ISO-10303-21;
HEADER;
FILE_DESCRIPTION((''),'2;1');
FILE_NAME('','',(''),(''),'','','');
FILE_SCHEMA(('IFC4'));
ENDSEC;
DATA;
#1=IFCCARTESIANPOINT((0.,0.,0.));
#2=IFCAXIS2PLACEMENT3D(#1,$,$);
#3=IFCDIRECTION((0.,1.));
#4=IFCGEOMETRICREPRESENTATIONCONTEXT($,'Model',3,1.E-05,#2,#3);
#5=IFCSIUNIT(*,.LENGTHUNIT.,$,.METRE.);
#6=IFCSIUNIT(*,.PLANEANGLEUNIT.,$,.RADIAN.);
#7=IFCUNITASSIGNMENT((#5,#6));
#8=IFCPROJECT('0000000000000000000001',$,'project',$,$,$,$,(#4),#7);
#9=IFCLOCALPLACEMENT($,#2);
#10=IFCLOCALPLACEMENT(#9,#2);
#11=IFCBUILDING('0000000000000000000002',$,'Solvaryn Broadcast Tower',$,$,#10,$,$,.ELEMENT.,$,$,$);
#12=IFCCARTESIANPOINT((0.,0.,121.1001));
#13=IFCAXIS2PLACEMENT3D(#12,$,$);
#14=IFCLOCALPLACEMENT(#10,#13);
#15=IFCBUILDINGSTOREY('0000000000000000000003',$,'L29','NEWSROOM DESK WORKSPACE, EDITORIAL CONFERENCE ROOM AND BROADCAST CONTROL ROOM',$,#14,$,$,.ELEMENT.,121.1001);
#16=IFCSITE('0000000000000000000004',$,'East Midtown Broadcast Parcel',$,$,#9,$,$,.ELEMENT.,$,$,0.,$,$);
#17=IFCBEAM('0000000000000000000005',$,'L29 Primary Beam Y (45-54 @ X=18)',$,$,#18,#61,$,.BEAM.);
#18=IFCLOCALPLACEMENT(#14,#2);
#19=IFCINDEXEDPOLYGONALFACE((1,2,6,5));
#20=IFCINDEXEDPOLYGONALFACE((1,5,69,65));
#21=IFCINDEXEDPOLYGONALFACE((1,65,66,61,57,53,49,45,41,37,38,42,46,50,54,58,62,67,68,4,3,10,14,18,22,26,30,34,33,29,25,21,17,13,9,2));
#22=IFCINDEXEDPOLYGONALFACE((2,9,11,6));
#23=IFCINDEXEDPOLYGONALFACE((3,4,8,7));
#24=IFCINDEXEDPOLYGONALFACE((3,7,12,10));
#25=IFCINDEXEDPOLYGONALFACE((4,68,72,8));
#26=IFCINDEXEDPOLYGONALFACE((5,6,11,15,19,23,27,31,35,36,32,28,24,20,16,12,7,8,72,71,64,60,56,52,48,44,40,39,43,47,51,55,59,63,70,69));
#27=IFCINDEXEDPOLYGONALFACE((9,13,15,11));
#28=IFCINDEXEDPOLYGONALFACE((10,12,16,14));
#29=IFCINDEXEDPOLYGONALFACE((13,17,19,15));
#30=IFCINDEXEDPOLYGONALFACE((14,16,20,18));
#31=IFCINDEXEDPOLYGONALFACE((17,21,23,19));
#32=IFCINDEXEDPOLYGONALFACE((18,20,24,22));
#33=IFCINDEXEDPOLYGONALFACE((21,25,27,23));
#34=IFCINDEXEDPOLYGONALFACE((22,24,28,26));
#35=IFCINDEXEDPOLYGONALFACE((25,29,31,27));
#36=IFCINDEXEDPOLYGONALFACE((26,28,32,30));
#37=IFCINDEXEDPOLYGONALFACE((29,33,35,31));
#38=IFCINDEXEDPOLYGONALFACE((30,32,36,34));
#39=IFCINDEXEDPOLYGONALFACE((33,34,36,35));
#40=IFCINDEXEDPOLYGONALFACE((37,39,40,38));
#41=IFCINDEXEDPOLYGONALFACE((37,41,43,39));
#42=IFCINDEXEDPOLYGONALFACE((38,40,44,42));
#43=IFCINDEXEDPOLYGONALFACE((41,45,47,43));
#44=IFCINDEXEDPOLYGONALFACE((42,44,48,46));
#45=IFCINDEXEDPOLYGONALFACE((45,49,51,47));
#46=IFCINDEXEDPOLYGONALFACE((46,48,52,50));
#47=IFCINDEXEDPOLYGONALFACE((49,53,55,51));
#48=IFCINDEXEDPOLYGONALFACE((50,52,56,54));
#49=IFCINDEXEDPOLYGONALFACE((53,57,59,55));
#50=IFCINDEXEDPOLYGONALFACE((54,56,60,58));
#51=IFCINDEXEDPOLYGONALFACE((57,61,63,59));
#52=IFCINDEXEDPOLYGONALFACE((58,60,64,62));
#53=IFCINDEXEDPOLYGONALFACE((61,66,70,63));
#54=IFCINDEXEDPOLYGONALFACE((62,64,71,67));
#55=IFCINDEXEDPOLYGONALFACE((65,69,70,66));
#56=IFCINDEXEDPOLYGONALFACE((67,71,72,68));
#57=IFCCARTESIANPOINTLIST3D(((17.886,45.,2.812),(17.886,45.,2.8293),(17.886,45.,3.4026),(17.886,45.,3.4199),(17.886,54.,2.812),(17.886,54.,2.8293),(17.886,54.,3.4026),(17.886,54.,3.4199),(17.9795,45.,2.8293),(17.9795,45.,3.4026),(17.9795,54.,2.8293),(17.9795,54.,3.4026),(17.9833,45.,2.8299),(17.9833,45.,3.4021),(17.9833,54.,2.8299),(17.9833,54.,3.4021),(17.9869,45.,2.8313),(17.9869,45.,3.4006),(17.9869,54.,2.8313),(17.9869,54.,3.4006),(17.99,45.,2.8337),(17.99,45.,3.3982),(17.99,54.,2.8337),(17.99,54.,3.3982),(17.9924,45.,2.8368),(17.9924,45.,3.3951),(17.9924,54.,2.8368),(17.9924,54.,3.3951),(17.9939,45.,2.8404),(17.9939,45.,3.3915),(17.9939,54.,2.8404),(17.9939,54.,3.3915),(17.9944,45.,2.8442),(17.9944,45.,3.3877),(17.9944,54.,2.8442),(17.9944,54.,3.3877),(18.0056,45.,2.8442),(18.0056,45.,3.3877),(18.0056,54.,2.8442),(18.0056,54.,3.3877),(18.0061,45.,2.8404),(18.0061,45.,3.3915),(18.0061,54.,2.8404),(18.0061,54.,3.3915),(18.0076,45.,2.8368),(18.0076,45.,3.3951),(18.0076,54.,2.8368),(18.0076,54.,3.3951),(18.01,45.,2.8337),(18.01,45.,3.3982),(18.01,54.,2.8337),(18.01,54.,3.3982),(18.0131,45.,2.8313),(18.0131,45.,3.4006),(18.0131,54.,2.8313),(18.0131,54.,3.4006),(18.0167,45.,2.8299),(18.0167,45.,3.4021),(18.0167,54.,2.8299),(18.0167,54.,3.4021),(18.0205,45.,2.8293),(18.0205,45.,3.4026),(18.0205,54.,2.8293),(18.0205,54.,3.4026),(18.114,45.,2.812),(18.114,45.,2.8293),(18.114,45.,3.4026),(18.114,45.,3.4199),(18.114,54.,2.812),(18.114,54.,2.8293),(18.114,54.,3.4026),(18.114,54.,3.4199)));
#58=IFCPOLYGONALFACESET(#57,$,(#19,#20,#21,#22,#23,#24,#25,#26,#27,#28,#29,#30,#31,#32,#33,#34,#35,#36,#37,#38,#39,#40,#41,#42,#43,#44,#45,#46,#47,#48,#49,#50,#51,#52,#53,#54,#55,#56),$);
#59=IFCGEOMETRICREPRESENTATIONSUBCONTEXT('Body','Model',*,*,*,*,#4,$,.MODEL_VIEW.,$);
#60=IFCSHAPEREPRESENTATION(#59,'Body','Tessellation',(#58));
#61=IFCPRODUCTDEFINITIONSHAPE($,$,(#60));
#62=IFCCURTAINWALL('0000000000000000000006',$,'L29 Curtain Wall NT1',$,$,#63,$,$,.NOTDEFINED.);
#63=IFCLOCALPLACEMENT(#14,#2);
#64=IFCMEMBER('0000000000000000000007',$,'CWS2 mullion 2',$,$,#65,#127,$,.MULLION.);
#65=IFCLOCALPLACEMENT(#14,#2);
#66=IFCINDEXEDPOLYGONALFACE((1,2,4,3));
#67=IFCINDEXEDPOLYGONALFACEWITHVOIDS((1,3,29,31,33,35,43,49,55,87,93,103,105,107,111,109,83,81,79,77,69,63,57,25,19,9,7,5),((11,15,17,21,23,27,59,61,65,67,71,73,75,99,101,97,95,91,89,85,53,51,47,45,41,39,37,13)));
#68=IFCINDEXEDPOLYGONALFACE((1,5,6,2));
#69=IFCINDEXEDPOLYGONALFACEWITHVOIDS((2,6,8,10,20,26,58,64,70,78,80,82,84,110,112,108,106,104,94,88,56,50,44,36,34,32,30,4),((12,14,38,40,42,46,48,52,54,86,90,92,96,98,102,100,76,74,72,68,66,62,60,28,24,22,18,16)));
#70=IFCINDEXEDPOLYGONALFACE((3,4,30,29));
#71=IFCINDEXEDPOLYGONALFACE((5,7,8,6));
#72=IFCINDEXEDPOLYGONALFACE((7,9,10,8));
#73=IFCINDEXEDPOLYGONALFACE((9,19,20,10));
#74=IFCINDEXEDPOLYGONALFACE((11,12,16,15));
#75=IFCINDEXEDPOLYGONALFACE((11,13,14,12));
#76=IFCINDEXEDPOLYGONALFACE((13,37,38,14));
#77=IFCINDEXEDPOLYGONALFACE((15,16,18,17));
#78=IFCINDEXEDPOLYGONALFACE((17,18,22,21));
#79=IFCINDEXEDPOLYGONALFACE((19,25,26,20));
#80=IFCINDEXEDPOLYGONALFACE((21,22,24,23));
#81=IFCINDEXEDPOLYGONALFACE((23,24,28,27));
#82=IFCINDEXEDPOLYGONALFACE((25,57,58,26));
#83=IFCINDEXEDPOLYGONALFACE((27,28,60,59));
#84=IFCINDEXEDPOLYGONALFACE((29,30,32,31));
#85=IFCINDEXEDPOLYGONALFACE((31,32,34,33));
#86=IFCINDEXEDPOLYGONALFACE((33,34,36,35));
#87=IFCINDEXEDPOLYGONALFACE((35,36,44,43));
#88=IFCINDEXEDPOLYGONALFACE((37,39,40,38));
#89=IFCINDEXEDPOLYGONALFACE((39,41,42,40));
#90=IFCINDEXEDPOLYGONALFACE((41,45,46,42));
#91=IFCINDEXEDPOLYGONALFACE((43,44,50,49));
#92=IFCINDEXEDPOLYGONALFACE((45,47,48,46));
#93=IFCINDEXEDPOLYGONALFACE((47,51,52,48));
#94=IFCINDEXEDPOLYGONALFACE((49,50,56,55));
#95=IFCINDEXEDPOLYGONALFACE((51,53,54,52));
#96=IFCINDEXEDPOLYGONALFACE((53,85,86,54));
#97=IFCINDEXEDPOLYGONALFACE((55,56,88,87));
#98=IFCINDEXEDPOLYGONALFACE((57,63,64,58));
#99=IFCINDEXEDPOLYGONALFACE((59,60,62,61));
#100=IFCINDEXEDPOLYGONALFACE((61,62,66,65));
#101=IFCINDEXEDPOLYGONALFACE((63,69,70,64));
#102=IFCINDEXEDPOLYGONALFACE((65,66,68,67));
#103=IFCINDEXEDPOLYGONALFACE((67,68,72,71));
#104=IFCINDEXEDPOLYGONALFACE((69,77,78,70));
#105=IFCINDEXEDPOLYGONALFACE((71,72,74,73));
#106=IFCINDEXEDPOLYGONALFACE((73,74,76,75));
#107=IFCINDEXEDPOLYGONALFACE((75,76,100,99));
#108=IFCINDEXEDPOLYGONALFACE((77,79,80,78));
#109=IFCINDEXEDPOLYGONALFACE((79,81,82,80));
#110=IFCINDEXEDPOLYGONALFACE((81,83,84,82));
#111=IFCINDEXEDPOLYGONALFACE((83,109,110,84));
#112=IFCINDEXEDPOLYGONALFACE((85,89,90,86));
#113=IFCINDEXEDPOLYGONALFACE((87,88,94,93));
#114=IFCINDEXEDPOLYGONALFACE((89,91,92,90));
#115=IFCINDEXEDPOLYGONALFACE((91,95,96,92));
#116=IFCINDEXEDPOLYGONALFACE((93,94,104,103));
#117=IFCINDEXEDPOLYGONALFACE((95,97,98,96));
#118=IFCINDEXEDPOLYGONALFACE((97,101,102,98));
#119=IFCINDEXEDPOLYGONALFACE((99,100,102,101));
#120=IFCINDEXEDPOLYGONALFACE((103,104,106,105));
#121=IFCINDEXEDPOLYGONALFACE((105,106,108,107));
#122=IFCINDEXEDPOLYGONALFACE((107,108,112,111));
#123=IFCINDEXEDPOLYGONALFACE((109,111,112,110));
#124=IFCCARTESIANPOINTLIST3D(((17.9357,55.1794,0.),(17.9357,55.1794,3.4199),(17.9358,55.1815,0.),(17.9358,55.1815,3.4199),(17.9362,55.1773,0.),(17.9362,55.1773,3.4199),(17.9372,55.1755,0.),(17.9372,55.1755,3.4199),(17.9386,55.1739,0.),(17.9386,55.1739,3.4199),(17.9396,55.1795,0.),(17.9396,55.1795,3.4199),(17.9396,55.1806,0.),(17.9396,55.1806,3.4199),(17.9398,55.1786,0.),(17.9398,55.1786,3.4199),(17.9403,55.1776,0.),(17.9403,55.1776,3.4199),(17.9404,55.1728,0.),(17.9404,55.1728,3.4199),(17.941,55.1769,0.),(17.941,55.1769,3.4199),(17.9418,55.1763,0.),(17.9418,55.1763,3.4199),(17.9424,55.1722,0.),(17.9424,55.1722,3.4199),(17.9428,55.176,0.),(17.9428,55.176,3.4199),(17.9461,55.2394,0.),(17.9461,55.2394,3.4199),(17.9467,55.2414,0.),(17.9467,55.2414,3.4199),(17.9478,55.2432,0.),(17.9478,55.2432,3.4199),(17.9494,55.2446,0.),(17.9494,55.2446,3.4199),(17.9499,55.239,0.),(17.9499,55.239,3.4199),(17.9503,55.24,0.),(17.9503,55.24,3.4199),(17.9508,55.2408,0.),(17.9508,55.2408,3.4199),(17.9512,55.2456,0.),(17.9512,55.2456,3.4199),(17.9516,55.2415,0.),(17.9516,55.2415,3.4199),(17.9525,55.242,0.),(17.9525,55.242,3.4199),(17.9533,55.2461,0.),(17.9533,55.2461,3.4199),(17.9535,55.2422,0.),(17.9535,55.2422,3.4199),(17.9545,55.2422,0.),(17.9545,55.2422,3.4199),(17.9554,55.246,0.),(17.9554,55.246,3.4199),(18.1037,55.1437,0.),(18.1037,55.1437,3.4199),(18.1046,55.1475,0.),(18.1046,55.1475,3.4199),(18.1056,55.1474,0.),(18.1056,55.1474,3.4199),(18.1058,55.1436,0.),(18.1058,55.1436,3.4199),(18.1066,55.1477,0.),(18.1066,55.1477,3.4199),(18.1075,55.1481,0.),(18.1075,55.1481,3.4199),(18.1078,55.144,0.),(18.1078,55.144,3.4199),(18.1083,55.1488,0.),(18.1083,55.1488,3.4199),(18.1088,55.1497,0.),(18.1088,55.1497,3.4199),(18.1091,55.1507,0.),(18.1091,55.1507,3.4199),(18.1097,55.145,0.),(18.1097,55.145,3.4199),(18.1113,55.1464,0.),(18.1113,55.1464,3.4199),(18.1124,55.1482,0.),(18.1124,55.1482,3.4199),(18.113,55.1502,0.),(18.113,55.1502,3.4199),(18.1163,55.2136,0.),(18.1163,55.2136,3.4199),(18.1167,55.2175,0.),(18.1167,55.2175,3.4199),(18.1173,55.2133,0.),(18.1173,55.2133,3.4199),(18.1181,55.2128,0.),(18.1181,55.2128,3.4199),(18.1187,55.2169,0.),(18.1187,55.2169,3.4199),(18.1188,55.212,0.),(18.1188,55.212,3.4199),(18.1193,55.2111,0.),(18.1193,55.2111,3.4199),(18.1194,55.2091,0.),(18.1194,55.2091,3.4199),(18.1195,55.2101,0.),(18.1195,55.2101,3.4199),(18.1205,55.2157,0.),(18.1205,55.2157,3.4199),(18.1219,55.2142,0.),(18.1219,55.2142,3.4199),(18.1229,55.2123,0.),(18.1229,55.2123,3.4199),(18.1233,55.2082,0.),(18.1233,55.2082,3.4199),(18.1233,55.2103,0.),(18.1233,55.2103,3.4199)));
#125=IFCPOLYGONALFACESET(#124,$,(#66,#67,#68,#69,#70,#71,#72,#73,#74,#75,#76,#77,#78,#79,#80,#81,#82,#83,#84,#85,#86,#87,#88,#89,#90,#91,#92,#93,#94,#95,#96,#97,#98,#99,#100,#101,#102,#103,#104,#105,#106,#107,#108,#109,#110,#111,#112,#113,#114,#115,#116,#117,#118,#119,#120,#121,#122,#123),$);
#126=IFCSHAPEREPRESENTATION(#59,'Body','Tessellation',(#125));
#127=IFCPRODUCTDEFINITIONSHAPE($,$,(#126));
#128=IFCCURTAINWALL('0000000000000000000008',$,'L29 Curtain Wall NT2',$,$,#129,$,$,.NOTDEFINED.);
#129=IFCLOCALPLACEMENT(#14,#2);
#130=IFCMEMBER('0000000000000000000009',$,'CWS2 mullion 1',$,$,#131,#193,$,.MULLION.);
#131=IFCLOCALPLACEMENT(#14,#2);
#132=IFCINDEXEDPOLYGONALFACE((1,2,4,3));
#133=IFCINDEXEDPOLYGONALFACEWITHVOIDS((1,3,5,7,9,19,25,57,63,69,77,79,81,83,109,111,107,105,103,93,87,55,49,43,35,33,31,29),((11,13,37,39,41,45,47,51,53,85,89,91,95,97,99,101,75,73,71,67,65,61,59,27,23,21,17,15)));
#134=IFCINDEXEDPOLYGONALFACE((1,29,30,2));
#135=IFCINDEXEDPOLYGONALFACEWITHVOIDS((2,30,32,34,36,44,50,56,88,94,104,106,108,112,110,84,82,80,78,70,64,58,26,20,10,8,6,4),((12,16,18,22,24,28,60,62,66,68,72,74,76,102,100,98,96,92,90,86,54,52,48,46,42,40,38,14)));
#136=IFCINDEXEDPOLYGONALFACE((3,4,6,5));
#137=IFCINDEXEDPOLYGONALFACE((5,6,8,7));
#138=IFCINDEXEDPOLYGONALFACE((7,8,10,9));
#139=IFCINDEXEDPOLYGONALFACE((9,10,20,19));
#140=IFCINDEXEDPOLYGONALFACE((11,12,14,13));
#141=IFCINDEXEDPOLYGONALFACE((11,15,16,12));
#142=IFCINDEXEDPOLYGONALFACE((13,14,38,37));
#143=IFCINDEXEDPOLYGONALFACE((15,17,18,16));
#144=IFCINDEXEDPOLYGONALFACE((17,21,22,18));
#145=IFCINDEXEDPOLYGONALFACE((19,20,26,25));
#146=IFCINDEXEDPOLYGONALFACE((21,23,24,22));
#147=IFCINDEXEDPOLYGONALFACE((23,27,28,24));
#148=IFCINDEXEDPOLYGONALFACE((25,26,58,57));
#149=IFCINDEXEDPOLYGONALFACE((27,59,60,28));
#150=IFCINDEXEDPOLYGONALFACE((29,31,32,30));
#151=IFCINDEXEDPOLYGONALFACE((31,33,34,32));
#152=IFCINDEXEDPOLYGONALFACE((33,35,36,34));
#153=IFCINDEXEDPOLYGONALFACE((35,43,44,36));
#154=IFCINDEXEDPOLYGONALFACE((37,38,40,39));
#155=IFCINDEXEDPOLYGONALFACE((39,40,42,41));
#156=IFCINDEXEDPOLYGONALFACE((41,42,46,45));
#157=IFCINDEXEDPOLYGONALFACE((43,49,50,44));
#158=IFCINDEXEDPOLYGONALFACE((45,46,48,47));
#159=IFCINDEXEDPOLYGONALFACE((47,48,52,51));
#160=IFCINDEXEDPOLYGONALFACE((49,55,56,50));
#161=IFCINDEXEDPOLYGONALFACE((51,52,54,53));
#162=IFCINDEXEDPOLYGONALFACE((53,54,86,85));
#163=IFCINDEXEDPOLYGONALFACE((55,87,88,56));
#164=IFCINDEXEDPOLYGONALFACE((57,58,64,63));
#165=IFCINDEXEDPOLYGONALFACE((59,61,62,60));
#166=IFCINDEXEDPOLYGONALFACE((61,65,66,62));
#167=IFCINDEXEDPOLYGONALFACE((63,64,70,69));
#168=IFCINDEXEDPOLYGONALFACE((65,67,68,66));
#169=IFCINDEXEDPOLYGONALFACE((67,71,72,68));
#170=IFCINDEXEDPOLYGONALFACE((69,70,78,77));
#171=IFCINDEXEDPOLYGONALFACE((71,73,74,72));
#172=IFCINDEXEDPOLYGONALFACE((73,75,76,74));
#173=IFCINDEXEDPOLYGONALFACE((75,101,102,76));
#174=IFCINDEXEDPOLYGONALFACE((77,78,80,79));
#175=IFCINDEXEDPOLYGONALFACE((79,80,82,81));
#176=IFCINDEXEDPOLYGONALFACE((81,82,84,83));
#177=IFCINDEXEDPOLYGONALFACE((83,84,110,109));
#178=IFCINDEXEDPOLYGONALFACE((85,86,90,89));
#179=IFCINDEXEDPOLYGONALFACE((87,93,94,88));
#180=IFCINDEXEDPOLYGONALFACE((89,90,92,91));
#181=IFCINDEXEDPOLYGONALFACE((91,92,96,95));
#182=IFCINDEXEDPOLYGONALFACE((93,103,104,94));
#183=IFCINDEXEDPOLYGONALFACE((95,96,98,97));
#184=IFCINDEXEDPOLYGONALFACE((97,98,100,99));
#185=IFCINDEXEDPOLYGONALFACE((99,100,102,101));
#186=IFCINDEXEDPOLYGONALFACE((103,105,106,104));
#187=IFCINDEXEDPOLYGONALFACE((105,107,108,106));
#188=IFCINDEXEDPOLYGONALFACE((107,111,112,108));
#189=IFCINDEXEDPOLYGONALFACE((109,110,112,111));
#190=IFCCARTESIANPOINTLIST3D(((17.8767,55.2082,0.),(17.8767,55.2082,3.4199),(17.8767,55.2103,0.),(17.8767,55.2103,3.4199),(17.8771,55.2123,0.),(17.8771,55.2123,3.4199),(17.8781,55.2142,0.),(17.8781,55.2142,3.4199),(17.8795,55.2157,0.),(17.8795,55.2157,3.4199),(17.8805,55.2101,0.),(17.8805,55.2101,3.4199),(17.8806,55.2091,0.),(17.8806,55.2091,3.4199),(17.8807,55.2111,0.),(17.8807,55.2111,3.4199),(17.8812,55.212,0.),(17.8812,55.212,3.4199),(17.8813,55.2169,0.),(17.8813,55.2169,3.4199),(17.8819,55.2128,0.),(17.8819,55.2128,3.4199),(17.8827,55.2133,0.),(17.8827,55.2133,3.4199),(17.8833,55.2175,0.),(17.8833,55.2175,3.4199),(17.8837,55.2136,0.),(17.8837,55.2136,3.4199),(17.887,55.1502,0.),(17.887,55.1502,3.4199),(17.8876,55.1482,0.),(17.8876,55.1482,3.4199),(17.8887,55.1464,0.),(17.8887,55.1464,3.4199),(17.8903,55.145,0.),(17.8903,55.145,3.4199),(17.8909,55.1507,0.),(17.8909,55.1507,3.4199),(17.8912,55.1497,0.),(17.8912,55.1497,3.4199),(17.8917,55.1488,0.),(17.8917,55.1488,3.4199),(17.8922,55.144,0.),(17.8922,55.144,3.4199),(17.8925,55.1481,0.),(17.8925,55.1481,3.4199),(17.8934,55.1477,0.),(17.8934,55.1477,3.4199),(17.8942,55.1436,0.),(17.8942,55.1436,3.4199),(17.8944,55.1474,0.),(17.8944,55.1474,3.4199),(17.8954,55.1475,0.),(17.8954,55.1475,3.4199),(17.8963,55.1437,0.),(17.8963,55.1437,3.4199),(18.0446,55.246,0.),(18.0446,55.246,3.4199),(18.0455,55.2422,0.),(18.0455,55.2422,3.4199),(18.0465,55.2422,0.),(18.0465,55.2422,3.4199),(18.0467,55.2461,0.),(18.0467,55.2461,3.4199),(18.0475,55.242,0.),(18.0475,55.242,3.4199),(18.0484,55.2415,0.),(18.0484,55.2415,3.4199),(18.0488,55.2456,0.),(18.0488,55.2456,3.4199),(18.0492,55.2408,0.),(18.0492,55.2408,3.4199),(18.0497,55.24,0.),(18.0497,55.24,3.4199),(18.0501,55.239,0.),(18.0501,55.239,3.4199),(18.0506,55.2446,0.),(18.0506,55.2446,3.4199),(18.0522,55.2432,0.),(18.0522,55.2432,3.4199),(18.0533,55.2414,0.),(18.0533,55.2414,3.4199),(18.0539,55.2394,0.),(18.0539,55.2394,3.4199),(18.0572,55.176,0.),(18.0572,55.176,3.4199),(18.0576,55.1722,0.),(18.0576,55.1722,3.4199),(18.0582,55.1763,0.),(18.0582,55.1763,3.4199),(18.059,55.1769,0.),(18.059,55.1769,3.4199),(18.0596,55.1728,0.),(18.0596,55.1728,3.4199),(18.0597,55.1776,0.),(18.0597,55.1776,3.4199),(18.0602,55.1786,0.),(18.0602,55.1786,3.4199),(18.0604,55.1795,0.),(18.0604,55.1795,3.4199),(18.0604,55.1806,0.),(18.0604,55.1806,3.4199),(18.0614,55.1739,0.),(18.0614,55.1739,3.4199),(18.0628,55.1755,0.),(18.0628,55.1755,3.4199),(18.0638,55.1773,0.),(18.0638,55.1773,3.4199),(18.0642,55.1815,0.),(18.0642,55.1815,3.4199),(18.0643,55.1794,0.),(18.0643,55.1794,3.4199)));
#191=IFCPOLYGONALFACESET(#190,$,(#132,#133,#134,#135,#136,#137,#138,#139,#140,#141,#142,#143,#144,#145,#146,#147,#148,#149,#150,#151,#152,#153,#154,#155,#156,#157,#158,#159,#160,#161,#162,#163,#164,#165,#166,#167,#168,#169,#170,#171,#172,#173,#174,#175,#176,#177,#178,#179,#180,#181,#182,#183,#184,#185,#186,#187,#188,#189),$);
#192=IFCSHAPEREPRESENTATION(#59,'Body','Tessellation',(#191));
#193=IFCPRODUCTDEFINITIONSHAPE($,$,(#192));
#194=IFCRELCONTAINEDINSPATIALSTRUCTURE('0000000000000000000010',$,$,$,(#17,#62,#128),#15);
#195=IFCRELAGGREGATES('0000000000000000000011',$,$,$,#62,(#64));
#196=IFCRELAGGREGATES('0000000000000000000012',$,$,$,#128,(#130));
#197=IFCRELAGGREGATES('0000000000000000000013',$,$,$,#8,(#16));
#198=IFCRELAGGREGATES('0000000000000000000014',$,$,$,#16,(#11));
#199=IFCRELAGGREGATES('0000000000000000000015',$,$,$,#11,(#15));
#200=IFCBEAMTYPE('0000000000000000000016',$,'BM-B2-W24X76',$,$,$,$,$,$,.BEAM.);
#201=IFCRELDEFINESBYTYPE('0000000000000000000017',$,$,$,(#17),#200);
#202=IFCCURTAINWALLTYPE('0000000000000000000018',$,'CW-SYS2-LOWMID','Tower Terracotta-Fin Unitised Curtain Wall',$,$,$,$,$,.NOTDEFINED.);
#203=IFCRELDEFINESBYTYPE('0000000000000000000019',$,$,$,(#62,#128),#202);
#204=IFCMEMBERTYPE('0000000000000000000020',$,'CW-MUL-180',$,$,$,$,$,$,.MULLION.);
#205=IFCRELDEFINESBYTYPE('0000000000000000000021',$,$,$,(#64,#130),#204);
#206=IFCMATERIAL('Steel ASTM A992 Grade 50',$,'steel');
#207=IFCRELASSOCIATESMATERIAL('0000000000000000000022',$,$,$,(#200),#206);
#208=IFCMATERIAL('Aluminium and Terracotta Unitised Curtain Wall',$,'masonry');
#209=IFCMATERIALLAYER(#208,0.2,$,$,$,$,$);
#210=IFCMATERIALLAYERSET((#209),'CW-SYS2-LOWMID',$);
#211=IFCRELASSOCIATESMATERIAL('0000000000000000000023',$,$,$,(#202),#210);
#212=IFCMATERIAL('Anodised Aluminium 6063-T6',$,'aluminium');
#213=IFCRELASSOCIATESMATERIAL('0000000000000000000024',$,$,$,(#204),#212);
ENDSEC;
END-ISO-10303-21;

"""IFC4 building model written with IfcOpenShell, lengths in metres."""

from ifc_helpers import new_model, si_unit, direction, frame, origin, origin_2d, place, context, subcontext, project, spatial, hollow_rectangle, i_section, extrude, material, layer, layer_set, material_profile, profile_set, type_object, element, aggregate, save


model = new_model("IFC4")

# Units and contexts
model_context = context("Model", 3, precision=1e-05, world=origin(), true_north=direction((0.0, 1.0)))
body_context = subcontext(model_context, "Body", "Model", "MODEL_VIEW")
ifc_project = project(units=[si_unit("LENGTHUNIT", "METRE"), si_unit("PLANEANGLEUNIT", "RADIAN")], contexts=[model_context])

# Site, building, storey
site_placement = place(None, origin())
site = spatial("IfcSite", under=ifc_project, at=site_placement, Name="East Midtown Broadcast Parcel", CompositionType="ELEMENT", RefElevation=0.0)
building_placement = place(site_placement, origin())
building = spatial("IfcBuilding", under=site, at=building_placement, Name="Solvaryn Broadcast Tower", CompositionType="ELEMENT")
storey_placement = place(building_placement, frame((0.0, 0.0, 121.1001)))
storey = spatial("IfcBuildingStorey", under=building, at=storey_placement, Name="L29", Description="NEWSROOM DESK WORKSPACE, EDITORIAL CONFERENCE ROOM AND BROADCAST CONTROL ROOM", CompositionType="ELEMENT", Elevation=121.1001)

# Beam
ifc_material_1 = material(Name="Steel ASTM A992 Grade 50", Category="steel")
ifc_material_profile_1 = material_profile(ifc_material_1, i_section(OverallWidth=0.228, OverallDepth=0.6079, WebThickness=0.0112, FlangeThickness=0.0173, FilletRadius=0.0149, at=origin_2d()))
ifc_profile_set_1 = profile_set([ifc_material_profile_1], Name="Steel ASTM A992 Grade 50")
beam_type_1 = type_object("IfcBeamType", Name="BM-B2-W24X76", PredefinedType="BEAM", material=ifc_profile_set_1)
beam_1_placement = place(storey_placement, frame((18.0, 45.0, 3.116), z_axis=(0.0, 1.0, 0.0), x_axis=(-1.0, 0.0, 0.0)))
element("IfcBeam", 1, at=beam_1_placement, inside=storey, type_object=beam_type_1, Name="L29 Primary Beam Y (45-54 @ X=18)", PredefinedType="BEAM", context=body_context, shape_type="SweptSolid", body=[
    extrude(i_section(OverallWidth=0.228, OverallDepth=0.6079, WebThickness=0.0112, FlangeThickness=0.0173, FilletRadius=0.0149, at=origin_2d()), origin(), (0.0, 0.0, 1.0), 9.0),
])

# Curtain wall, member
ifc_material_2 = material(Name="Aluminium and Terracotta Unitised Curtain Wall", Category="masonry")
ifc_layer_1 = layer(ifc_material_2, 0.2)
ifc_layer_set_1 = layer_set([ifc_layer_1], Name="CW-SYS2-LOWMID")
curtain_wall_type = type_object("IfcCurtainWallType", Name="CW-SYS2-LOWMID", Description="Tower Terracotta-Fin Unitised Curtain Wall", PredefinedType="NOTDEFINED", material=ifc_layer_set_1)
curtain_wall_1_placement = place(storey_placement, origin())
curtain_wall_1 = element("IfcCurtainWall", 2, at=curtain_wall_1_placement, inside=storey, type_object=curtain_wall_type, Name="L29 Curtain Wall NT1", PredefinedType="NOTDEFINED")
ifc_material_3 = material(Name="Anodised Aluminium 6063-T6", Category="aluminium")
ifc_material_profile_2 = material_profile(ifc_material_3, hollow_rectangle(XDim=0.075, YDim=0.1799, WallThickness=0.0039, InnerFilletRadius=0.0039, OuterFilletRadius=0.0081, at=origin_2d()))
ifc_profile_set_2 = profile_set([ifc_material_profile_2], Name="Anodised Aluminium 6063-T6")
member_type_1 = type_object("IfcMemberType", Name="CW-MUL-180", PredefinedType="MULLION", material=ifc_profile_set_2)
member_1_placement = place(storey_placement, frame((18.0295, 55.1948, 0.0), z_axis=(0.0, 0.0, 1.0), x_axis=(-0.173785, -0.984784, 0.0)))
member_1 = element("IfcMember", 3, at=member_1_placement, type_object=member_type_1, Name="CWS2 mullion 2", PredefinedType="MULLION", context=body_context, shape_type="SweptSolid", body=[
    extrude(hollow_rectangle(XDim=0.075, YDim=0.1799, WallThickness=0.0039, InnerFilletRadius=0.0039, OuterFilletRadius=0.0081, at=origin_2d()), origin(), (0.0, 0.0, 1.0), 3.4199),
])

# Curtain wall, member
curtain_wall_2_placement = place(storey_placement, origin())
curtain_wall_2 = element("IfcCurtainWall", 4, at=curtain_wall_2_placement, inside=storey, type_object=curtain_wall_type, Name="L29 Curtain Wall NT2", PredefinedType="NOTDEFINED")
member_2_placement = place(storey_placement, frame((17.9705, 55.1948, 0.0), z_axis=(0.0, 0.0, 1.0), x_axis=(0.173785, -0.984784, 0.0)))
member_2 = element("IfcMember", 5, at=member_2_placement, type_object=member_type_1, Name="CWS2 mullion 1", PredefinedType="MULLION", context=body_context, shape_type="SweptSolid", body=[
    extrude(hollow_rectangle(XDim=0.075, YDim=0.1799, WallThickness=0.0039, InnerFilletRadius=0.0039, OuterFilletRadius=0.0081, at=origin_2d()), origin(), (0.0, 0.0, 1.0), 3.4199),
])

aggregate(curtain_wall_1, [member_1])
aggregate(curtain_wall_2, [member_2])

save(model, "model.ifc")
